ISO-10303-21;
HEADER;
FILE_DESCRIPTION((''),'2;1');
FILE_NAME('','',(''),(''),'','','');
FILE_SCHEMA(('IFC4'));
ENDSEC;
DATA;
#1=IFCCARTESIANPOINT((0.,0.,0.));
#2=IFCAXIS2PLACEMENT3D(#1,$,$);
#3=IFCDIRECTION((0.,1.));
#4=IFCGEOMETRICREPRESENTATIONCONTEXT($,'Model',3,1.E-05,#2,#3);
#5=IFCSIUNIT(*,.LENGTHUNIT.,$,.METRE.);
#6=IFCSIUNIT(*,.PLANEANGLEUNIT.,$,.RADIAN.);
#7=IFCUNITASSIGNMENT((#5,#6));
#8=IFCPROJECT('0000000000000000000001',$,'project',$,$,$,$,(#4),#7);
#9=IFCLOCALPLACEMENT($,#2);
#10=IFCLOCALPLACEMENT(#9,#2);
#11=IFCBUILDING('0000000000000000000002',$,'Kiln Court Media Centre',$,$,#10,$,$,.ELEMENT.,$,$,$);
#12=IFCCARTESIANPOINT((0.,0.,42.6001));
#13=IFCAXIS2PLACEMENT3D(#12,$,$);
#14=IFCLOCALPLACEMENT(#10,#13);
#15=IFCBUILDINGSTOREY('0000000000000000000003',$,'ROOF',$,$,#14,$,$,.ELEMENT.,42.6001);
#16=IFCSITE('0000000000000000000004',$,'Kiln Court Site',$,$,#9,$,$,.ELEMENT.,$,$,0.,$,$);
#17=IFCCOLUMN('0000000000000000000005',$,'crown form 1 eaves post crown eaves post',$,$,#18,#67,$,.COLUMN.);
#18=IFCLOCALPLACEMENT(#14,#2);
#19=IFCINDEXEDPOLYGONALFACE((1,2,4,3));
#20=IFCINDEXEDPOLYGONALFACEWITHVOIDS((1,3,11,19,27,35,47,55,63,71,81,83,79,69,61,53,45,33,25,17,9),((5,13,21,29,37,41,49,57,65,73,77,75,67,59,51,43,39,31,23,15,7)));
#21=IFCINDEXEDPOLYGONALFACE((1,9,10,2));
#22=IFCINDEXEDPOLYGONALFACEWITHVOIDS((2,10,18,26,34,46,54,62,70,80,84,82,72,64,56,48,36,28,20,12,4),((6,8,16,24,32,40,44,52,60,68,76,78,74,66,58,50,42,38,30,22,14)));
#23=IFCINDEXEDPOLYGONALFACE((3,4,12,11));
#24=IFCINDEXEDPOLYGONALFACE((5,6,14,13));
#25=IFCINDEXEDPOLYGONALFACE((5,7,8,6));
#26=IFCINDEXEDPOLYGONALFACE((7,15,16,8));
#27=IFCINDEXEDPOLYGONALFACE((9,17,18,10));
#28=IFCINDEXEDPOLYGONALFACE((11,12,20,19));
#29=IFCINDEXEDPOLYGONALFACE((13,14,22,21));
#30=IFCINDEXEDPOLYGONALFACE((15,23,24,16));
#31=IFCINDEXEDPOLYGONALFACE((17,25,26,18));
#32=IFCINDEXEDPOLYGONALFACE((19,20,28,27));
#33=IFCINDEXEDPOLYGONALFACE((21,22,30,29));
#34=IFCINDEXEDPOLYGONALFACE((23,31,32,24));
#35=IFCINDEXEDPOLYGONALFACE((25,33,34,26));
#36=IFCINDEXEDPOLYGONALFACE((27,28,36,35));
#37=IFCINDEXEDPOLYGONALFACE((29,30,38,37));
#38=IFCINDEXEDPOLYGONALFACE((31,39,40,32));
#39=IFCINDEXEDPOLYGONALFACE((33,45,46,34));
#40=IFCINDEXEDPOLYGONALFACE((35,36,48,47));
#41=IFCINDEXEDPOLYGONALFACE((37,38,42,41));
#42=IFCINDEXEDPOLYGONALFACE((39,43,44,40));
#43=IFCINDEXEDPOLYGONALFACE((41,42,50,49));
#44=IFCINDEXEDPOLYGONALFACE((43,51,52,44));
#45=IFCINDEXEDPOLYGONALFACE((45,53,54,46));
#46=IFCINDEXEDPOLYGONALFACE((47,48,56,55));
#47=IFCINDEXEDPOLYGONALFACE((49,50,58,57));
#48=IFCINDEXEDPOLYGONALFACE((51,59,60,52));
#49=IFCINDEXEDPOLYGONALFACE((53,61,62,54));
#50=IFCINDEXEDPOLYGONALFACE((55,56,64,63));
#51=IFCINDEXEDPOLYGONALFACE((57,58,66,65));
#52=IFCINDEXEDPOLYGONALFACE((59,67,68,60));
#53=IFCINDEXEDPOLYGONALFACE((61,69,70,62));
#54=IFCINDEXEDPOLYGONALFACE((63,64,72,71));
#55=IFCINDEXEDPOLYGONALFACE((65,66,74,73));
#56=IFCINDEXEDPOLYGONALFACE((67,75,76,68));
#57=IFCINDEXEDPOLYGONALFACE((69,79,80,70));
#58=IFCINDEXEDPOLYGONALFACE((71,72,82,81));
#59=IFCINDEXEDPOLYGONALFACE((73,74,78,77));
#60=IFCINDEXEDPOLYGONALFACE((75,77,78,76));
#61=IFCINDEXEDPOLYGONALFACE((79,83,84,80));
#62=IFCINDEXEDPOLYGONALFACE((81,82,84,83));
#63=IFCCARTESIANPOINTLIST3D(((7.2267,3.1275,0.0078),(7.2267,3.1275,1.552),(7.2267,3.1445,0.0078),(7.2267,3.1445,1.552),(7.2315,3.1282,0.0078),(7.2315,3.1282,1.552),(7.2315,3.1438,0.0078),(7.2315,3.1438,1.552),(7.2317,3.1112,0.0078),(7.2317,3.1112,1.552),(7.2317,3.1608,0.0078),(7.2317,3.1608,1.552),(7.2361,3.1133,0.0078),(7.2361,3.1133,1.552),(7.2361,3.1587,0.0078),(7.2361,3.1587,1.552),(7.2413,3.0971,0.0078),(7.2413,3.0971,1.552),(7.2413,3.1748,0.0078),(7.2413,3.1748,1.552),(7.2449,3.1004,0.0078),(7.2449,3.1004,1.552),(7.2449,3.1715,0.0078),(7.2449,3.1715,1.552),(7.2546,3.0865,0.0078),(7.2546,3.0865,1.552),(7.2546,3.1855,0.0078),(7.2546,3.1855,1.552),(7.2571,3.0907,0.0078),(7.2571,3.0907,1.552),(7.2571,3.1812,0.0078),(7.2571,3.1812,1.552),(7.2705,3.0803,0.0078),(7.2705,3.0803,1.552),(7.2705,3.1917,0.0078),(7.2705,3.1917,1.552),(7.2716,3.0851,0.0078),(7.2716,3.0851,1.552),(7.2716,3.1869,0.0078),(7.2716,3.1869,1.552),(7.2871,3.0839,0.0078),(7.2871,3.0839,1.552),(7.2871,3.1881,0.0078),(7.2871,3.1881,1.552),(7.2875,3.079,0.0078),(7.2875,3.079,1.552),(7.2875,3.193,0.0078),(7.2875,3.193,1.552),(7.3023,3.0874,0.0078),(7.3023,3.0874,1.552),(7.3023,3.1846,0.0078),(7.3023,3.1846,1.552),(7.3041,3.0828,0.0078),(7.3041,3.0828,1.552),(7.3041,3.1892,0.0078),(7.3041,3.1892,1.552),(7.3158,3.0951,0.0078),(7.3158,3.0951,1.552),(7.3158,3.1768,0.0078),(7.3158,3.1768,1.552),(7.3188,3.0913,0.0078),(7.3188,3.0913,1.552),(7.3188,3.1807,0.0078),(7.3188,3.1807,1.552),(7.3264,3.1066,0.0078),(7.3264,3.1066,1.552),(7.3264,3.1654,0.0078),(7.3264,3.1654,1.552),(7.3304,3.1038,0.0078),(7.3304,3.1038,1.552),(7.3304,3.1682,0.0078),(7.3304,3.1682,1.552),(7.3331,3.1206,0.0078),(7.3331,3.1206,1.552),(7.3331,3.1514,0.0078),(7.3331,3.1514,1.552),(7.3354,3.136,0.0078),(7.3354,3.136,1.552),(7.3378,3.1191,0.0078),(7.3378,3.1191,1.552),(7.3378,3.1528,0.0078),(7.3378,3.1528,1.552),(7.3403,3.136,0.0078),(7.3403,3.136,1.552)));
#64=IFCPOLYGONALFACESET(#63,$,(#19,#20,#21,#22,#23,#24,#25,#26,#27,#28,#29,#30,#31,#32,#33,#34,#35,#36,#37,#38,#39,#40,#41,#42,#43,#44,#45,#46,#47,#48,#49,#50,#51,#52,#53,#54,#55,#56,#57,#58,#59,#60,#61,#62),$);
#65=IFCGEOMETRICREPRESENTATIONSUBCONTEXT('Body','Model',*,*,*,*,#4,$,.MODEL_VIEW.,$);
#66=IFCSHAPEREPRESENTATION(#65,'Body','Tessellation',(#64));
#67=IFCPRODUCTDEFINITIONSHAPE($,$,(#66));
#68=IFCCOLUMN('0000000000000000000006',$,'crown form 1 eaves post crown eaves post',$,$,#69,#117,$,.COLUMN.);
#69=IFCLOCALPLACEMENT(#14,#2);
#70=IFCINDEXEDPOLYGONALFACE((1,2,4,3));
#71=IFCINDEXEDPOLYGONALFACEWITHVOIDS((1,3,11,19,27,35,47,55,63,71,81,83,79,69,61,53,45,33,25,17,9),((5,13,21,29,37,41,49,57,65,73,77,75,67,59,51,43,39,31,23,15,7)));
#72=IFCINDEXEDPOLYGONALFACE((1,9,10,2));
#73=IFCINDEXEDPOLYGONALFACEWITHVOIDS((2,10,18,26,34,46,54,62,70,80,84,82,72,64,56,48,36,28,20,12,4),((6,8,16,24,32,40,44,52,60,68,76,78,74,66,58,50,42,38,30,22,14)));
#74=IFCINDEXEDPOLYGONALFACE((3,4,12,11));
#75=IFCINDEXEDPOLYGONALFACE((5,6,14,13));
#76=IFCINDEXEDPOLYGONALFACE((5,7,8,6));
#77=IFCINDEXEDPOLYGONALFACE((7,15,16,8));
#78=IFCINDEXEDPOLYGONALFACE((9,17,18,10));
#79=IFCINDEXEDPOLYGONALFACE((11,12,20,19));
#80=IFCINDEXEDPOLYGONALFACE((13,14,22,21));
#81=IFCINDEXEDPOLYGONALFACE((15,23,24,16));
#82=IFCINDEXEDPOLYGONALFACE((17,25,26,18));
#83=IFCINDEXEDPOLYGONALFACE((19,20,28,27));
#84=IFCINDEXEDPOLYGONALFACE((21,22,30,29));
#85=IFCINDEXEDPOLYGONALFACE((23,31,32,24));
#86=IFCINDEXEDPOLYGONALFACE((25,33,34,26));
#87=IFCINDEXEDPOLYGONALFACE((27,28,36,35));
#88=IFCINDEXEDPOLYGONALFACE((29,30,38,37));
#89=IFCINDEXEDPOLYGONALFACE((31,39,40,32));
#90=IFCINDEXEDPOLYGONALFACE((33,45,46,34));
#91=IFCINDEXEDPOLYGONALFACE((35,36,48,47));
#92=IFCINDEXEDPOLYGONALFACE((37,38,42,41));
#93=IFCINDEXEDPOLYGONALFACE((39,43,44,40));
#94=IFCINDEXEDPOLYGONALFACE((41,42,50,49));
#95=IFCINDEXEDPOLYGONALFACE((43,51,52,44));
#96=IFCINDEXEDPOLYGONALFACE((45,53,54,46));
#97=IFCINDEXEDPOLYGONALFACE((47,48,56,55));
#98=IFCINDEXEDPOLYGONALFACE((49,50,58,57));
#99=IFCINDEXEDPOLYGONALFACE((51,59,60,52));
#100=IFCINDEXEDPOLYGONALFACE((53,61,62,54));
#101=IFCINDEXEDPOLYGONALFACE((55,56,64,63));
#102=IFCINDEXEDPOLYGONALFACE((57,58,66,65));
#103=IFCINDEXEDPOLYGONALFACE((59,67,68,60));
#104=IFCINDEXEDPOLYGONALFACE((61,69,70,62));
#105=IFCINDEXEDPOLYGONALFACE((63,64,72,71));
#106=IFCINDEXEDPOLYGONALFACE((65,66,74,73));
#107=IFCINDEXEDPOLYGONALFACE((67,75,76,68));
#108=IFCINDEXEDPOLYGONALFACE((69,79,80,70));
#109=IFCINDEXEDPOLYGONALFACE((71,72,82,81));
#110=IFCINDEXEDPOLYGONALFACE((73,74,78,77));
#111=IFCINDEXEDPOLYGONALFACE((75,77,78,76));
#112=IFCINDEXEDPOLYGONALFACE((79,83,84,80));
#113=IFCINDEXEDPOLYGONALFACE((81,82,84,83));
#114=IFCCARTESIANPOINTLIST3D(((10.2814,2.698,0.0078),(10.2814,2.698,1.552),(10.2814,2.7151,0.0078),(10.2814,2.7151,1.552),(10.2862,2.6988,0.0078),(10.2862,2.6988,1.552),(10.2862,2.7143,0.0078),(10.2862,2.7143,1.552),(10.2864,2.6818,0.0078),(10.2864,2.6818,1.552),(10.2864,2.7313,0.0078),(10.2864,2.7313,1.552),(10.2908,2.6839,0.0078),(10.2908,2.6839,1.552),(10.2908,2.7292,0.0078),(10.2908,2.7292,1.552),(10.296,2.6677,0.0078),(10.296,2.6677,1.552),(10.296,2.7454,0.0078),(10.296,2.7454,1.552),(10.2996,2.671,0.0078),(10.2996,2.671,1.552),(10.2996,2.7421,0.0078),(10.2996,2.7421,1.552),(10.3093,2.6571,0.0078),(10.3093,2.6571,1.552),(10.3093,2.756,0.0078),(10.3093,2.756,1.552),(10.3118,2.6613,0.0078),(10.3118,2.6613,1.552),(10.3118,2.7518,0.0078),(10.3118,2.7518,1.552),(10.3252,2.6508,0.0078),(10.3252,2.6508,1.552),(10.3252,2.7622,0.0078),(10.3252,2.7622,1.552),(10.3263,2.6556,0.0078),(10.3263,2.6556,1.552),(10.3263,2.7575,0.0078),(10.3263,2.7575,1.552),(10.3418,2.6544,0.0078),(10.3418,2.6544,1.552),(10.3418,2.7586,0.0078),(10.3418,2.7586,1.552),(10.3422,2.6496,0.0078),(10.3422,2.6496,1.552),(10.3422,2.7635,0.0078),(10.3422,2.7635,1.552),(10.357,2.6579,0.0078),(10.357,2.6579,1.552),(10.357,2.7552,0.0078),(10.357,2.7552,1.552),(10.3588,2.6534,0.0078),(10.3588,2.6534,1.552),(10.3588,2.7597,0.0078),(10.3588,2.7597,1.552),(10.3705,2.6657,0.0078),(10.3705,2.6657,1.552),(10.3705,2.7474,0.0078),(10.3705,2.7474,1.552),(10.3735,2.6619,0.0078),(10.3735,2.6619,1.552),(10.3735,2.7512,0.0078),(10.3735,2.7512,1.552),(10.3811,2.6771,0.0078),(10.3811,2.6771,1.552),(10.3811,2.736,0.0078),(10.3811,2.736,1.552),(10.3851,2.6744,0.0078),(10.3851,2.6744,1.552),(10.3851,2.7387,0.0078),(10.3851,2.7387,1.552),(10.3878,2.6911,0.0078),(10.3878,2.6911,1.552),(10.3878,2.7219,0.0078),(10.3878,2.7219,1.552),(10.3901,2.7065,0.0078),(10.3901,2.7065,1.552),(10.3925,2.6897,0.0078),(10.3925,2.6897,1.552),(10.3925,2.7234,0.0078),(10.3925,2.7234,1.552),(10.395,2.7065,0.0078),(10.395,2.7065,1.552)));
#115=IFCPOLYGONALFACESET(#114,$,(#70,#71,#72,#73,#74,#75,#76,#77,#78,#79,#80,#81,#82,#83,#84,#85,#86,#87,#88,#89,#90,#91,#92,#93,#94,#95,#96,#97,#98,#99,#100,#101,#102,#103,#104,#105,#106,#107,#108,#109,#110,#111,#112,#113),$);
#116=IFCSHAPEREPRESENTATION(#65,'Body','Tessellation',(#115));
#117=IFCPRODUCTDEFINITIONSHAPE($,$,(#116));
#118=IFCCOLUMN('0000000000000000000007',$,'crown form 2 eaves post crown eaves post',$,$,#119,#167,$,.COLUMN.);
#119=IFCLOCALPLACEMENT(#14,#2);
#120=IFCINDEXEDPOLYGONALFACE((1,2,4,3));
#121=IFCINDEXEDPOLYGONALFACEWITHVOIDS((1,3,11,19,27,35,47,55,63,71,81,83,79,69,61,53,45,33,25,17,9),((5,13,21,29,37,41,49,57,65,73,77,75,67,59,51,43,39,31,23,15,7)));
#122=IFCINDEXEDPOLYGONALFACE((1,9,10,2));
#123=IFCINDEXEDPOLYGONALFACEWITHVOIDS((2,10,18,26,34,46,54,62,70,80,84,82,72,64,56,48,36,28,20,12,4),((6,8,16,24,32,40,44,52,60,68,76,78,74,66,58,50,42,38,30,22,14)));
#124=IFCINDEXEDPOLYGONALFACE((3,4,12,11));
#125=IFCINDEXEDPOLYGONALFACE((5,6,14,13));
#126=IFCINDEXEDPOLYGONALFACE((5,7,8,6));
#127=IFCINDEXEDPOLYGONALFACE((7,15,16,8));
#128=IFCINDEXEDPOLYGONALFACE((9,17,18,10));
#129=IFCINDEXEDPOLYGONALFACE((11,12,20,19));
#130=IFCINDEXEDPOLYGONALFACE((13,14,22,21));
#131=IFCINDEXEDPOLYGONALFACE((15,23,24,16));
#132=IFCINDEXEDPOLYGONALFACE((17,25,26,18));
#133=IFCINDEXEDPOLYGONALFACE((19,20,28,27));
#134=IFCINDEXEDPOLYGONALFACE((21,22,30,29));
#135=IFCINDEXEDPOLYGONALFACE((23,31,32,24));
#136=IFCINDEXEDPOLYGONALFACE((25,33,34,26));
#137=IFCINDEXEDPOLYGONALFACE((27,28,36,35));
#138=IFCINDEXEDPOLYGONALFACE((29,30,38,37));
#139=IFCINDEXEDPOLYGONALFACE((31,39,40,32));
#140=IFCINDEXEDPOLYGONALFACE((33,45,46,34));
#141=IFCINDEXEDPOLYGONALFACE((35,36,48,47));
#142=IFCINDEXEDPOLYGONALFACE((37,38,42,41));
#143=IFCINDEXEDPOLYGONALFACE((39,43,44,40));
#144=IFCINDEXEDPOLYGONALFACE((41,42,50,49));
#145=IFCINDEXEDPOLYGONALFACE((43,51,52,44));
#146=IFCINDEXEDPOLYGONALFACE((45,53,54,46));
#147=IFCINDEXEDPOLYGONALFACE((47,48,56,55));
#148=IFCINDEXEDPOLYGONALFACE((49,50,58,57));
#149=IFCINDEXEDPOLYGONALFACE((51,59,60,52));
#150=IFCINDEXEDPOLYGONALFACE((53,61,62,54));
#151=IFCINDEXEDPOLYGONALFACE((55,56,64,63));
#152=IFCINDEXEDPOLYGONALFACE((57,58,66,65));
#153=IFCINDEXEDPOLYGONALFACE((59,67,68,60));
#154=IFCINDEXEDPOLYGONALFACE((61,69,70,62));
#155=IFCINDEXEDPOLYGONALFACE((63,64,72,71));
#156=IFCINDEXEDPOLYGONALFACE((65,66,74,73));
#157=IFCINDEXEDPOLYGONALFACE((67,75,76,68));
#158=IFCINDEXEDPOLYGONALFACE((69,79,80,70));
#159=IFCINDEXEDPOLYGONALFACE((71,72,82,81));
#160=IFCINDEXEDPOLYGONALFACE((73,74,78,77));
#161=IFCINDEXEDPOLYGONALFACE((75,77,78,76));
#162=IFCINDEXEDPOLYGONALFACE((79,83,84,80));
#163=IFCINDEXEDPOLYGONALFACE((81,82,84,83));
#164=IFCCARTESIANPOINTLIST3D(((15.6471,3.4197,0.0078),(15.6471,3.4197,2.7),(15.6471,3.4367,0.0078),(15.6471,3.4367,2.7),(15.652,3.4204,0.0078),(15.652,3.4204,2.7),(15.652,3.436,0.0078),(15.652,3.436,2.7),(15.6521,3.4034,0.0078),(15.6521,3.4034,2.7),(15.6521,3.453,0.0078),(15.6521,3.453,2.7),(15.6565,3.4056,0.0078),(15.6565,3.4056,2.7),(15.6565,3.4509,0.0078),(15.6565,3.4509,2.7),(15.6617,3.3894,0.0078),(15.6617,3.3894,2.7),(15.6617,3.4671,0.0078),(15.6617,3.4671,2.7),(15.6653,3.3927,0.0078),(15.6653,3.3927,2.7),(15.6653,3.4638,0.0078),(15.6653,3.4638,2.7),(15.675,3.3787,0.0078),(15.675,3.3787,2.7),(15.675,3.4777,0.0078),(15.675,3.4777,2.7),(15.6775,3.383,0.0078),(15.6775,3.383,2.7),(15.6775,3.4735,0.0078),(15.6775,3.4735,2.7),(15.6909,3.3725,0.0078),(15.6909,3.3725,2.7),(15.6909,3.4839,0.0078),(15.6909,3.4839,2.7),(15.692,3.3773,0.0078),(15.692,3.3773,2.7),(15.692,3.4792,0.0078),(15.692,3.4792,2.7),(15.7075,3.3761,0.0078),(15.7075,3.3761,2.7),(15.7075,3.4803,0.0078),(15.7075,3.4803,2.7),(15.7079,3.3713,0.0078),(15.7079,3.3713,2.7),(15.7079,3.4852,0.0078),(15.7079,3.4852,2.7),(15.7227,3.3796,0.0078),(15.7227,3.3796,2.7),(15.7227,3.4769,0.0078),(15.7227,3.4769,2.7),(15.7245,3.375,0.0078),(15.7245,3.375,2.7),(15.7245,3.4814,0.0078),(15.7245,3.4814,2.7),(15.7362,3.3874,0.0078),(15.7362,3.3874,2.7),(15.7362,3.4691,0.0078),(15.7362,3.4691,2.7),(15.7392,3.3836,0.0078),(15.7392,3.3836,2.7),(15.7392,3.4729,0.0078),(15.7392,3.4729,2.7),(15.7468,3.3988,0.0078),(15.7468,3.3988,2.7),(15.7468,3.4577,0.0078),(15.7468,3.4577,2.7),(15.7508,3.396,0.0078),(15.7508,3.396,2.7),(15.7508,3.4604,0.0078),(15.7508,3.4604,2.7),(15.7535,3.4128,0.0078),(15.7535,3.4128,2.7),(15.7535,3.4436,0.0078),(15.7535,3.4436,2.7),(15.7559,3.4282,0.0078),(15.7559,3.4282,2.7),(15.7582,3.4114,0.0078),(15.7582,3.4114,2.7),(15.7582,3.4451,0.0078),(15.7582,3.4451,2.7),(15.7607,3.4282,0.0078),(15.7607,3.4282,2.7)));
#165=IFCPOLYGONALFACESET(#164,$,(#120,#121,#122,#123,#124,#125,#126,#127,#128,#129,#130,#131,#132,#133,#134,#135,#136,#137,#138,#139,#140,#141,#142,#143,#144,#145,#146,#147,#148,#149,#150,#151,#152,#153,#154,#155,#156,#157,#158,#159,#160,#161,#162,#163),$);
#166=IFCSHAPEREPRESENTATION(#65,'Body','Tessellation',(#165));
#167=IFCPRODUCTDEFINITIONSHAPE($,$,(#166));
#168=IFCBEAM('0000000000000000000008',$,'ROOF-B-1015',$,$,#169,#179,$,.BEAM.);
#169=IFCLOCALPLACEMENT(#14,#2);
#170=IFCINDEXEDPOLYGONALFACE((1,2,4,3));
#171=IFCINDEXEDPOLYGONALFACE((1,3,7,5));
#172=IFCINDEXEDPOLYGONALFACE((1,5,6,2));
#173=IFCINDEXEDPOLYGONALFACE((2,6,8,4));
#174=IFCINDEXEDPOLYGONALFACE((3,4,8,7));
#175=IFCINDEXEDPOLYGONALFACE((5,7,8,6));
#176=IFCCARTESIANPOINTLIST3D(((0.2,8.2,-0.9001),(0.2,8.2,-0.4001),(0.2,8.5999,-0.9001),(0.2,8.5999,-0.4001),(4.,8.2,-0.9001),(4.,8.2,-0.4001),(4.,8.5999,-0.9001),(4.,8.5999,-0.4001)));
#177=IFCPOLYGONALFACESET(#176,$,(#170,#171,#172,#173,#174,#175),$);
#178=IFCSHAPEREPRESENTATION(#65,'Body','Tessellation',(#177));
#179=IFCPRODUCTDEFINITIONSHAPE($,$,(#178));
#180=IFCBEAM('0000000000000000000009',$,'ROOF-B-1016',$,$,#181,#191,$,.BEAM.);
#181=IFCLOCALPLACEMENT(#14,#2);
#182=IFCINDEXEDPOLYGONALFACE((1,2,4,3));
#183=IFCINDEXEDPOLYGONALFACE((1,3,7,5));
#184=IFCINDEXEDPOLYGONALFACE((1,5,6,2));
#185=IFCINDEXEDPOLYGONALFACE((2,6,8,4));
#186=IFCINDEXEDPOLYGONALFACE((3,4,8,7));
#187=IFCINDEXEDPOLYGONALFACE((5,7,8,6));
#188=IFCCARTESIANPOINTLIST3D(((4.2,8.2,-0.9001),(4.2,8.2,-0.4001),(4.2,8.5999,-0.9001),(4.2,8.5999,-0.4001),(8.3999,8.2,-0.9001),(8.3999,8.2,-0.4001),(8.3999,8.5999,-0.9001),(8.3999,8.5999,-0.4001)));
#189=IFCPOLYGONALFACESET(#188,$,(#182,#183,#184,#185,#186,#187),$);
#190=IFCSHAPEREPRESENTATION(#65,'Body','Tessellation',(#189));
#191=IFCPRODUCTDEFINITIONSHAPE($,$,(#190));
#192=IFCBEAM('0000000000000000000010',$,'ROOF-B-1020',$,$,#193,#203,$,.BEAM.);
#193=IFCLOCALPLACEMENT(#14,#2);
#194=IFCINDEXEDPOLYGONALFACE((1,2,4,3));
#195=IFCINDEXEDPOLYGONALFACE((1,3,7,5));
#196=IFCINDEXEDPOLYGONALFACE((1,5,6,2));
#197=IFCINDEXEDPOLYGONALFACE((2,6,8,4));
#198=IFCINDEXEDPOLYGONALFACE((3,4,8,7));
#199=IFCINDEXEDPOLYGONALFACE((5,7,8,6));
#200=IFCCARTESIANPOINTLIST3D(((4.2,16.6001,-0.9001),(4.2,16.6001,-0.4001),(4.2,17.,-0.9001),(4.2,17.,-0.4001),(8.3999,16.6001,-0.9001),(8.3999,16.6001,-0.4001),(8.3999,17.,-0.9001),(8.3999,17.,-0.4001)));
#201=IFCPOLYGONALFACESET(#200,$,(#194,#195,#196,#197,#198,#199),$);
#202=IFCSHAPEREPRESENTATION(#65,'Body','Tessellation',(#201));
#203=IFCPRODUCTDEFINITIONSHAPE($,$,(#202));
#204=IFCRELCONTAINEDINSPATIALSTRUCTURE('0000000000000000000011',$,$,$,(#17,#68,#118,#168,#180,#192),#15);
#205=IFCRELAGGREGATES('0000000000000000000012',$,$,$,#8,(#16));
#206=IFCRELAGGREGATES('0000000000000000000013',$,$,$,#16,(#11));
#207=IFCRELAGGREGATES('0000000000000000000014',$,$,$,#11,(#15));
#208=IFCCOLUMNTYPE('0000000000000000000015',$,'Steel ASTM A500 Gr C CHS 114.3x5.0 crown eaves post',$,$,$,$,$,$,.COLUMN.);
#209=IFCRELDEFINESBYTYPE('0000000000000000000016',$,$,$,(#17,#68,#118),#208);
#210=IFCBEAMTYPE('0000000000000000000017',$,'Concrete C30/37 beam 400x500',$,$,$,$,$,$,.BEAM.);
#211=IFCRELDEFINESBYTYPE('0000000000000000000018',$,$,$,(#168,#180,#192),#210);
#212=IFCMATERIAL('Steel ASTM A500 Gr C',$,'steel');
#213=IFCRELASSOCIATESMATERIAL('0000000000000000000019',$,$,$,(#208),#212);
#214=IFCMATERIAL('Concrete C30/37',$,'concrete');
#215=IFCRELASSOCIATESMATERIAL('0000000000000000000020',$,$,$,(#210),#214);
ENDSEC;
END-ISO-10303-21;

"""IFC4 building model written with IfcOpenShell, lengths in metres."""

from ifc_helpers import new_model, si_unit, direction, frame, origin, origin_2d, place, context, subcontext, project, spatial, rectangle, hollow_circle, extrude, material, material_profile, profile_set, type_object, element, save


model = new_model("IFC4")

# Units and contexts
model_context = context("Model", 3, precision=1e-05, world=origin(), true_north=direction((0.0, 1.0)))
body_context = subcontext(model_context, "Body", "Model", "MODEL_VIEW")
ifc_project = project(units=[si_unit("LENGTHUNIT", "METRE"), si_unit("PLANEANGLEUNIT", "RADIAN")], contexts=[model_context])

# Site, building, storey
site_placement = place(None, origin())
site = spatial("IfcSite", under=ifc_project, at=site_placement, Name="Kiln Court Site", CompositionType="ELEMENT", RefElevation=0.0)
building_placement = place(site_placement, origin())
building = spatial("IfcBuilding", under=site, at=building_placement, Name="Kiln Court Media Centre", CompositionType="ELEMENT")
storey_placement = place(building_placement, frame((0.0, 0.0, 42.6001)))
storey = spatial("IfcBuildingStorey", under=building, at=storey_placement, Name="ROOF", CompositionType="ELEMENT", Elevation=42.6001)

# Columns
ifc_material_1 = material(Name="Steel ASTM A500 Gr C", Category="steel")
ifc_material_profile_1 = material_profile(ifc_material_1, hollow_circle(Radius=0.0571, WallThickness=0.0049, at=origin_2d()), Name="CHS 114.3x5.0")
ifc_profile_set_1 = profile_set([ifc_material_profile_1], Name="Steel ASTM A500 Gr C")
column_type = type_object("IfcColumnType", Name="Steel ASTM A500 Gr C CHS 114.3x5.0 crown eaves post", PredefinedType="COLUMN", material=ifc_profile_set_1)
for number, where, z_axis, x_axis, name in (
    (1, (7.2832, 3.136, 0.0078), (0.0, 0.0, 1.0), (1.0, 0.0, 0.0), "crown form 1 eaves post crown eaves post"),
    (2, (10.3379, 2.7065, 0.0078), (0.0, 0.0, 1.0), (1.0, 0.0, 0.0), "crown form 1 eaves post crown eaves post"),
):
    element("IfcColumn", number, at=place(storey_placement, frame(where, z_axis=z_axis, x_axis=x_axis)), inside=storey, type_object=column_type, Name=name, PredefinedType="COLUMN", context=body_context, shape_type="SweptSolid", body=[
        extrude(hollow_circle(Radius=0.0571, WallThickness=0.0049, at=origin_2d()), origin(), (0.0, 0.0, 1.0), 1.5442),
    ])
column_placement = place(storey_placement, frame((15.7036, 3.4282, 0.0078), z_axis=(0.0, 0.0, 1.0), x_axis=(1.0, 0.0, 0.0)))
element("IfcColumn", 3, at=column_placement, inside=storey, type_object=column_type, Name="crown form 2 eaves post crown eaves post", PredefinedType="COLUMN", context=body_context, shape_type="SweptSolid", body=[
    extrude(hollow_circle(Radius=0.0571, WallThickness=0.0049, at=origin_2d()), origin(), (0.0, 0.0, 1.0), 2.6921),
])

# Beams
ifc_material_2 = material(Name="Concrete C30/37", Category="concrete")
ifc_material_profile_2 = material_profile(ifc_material_2, rectangle(XDim=0.3999, YDim=0.5, at=origin_2d()), Name="RC 400x500")
ifc_profile_set_2 = profile_set([ifc_material_profile_2], Name="Concrete C30/37")
beam_type_1 = type_object("IfcBeamType", Name="Concrete C30/37 beam 400x500", PredefinedType="BEAM", material=ifc_profile_set_2)
beam_1_placement = place(storey_placement, frame((0.2, 8.3999, -0.6501), z_axis=(1.0, 0.0, 0.0), x_axis=(0.0, 1.0, 0.0)))
element("IfcBeam", 4, at=beam_1_placement, inside=storey, type_object=beam_type_1, Name="ROOF-B-1015", PredefinedType="BEAM", context=body_context, shape_type="SweptSolid", body=[
    extrude(rectangle(XDim=0.3999, YDim=0.5, at=origin_2d()), origin(), (0.0, 0.0, 1.0), 3.8),
])
for number, where, z_axis, x_axis, name in (
    (5, (4.2, 8.3999, -0.6501), (1.0, 0.0, 0.0), (0.0, 1.0, 0.0), "ROOF-B-1016"),
    (6, (4.2, 16.8, -0.6501), (1.0, 0.0, 0.0), (0.0, 1.0, 0.0), "ROOF-B-1020"),
):
    element("IfcBeam", number, at=place(storey_placement, frame(where, z_axis=z_axis, x_axis=x_axis)), inside=storey, type_object=beam_type_1, Name=name, PredefinedType="BEAM", context=body_context, shape_type="SweptSolid", body=[
        extrude(rectangle(XDim=0.3999, YDim=0.5, at=origin_2d()), origin(), (0.0, 0.0, 1.0), 4.2),
    ])

save(model, "model.ifc")
